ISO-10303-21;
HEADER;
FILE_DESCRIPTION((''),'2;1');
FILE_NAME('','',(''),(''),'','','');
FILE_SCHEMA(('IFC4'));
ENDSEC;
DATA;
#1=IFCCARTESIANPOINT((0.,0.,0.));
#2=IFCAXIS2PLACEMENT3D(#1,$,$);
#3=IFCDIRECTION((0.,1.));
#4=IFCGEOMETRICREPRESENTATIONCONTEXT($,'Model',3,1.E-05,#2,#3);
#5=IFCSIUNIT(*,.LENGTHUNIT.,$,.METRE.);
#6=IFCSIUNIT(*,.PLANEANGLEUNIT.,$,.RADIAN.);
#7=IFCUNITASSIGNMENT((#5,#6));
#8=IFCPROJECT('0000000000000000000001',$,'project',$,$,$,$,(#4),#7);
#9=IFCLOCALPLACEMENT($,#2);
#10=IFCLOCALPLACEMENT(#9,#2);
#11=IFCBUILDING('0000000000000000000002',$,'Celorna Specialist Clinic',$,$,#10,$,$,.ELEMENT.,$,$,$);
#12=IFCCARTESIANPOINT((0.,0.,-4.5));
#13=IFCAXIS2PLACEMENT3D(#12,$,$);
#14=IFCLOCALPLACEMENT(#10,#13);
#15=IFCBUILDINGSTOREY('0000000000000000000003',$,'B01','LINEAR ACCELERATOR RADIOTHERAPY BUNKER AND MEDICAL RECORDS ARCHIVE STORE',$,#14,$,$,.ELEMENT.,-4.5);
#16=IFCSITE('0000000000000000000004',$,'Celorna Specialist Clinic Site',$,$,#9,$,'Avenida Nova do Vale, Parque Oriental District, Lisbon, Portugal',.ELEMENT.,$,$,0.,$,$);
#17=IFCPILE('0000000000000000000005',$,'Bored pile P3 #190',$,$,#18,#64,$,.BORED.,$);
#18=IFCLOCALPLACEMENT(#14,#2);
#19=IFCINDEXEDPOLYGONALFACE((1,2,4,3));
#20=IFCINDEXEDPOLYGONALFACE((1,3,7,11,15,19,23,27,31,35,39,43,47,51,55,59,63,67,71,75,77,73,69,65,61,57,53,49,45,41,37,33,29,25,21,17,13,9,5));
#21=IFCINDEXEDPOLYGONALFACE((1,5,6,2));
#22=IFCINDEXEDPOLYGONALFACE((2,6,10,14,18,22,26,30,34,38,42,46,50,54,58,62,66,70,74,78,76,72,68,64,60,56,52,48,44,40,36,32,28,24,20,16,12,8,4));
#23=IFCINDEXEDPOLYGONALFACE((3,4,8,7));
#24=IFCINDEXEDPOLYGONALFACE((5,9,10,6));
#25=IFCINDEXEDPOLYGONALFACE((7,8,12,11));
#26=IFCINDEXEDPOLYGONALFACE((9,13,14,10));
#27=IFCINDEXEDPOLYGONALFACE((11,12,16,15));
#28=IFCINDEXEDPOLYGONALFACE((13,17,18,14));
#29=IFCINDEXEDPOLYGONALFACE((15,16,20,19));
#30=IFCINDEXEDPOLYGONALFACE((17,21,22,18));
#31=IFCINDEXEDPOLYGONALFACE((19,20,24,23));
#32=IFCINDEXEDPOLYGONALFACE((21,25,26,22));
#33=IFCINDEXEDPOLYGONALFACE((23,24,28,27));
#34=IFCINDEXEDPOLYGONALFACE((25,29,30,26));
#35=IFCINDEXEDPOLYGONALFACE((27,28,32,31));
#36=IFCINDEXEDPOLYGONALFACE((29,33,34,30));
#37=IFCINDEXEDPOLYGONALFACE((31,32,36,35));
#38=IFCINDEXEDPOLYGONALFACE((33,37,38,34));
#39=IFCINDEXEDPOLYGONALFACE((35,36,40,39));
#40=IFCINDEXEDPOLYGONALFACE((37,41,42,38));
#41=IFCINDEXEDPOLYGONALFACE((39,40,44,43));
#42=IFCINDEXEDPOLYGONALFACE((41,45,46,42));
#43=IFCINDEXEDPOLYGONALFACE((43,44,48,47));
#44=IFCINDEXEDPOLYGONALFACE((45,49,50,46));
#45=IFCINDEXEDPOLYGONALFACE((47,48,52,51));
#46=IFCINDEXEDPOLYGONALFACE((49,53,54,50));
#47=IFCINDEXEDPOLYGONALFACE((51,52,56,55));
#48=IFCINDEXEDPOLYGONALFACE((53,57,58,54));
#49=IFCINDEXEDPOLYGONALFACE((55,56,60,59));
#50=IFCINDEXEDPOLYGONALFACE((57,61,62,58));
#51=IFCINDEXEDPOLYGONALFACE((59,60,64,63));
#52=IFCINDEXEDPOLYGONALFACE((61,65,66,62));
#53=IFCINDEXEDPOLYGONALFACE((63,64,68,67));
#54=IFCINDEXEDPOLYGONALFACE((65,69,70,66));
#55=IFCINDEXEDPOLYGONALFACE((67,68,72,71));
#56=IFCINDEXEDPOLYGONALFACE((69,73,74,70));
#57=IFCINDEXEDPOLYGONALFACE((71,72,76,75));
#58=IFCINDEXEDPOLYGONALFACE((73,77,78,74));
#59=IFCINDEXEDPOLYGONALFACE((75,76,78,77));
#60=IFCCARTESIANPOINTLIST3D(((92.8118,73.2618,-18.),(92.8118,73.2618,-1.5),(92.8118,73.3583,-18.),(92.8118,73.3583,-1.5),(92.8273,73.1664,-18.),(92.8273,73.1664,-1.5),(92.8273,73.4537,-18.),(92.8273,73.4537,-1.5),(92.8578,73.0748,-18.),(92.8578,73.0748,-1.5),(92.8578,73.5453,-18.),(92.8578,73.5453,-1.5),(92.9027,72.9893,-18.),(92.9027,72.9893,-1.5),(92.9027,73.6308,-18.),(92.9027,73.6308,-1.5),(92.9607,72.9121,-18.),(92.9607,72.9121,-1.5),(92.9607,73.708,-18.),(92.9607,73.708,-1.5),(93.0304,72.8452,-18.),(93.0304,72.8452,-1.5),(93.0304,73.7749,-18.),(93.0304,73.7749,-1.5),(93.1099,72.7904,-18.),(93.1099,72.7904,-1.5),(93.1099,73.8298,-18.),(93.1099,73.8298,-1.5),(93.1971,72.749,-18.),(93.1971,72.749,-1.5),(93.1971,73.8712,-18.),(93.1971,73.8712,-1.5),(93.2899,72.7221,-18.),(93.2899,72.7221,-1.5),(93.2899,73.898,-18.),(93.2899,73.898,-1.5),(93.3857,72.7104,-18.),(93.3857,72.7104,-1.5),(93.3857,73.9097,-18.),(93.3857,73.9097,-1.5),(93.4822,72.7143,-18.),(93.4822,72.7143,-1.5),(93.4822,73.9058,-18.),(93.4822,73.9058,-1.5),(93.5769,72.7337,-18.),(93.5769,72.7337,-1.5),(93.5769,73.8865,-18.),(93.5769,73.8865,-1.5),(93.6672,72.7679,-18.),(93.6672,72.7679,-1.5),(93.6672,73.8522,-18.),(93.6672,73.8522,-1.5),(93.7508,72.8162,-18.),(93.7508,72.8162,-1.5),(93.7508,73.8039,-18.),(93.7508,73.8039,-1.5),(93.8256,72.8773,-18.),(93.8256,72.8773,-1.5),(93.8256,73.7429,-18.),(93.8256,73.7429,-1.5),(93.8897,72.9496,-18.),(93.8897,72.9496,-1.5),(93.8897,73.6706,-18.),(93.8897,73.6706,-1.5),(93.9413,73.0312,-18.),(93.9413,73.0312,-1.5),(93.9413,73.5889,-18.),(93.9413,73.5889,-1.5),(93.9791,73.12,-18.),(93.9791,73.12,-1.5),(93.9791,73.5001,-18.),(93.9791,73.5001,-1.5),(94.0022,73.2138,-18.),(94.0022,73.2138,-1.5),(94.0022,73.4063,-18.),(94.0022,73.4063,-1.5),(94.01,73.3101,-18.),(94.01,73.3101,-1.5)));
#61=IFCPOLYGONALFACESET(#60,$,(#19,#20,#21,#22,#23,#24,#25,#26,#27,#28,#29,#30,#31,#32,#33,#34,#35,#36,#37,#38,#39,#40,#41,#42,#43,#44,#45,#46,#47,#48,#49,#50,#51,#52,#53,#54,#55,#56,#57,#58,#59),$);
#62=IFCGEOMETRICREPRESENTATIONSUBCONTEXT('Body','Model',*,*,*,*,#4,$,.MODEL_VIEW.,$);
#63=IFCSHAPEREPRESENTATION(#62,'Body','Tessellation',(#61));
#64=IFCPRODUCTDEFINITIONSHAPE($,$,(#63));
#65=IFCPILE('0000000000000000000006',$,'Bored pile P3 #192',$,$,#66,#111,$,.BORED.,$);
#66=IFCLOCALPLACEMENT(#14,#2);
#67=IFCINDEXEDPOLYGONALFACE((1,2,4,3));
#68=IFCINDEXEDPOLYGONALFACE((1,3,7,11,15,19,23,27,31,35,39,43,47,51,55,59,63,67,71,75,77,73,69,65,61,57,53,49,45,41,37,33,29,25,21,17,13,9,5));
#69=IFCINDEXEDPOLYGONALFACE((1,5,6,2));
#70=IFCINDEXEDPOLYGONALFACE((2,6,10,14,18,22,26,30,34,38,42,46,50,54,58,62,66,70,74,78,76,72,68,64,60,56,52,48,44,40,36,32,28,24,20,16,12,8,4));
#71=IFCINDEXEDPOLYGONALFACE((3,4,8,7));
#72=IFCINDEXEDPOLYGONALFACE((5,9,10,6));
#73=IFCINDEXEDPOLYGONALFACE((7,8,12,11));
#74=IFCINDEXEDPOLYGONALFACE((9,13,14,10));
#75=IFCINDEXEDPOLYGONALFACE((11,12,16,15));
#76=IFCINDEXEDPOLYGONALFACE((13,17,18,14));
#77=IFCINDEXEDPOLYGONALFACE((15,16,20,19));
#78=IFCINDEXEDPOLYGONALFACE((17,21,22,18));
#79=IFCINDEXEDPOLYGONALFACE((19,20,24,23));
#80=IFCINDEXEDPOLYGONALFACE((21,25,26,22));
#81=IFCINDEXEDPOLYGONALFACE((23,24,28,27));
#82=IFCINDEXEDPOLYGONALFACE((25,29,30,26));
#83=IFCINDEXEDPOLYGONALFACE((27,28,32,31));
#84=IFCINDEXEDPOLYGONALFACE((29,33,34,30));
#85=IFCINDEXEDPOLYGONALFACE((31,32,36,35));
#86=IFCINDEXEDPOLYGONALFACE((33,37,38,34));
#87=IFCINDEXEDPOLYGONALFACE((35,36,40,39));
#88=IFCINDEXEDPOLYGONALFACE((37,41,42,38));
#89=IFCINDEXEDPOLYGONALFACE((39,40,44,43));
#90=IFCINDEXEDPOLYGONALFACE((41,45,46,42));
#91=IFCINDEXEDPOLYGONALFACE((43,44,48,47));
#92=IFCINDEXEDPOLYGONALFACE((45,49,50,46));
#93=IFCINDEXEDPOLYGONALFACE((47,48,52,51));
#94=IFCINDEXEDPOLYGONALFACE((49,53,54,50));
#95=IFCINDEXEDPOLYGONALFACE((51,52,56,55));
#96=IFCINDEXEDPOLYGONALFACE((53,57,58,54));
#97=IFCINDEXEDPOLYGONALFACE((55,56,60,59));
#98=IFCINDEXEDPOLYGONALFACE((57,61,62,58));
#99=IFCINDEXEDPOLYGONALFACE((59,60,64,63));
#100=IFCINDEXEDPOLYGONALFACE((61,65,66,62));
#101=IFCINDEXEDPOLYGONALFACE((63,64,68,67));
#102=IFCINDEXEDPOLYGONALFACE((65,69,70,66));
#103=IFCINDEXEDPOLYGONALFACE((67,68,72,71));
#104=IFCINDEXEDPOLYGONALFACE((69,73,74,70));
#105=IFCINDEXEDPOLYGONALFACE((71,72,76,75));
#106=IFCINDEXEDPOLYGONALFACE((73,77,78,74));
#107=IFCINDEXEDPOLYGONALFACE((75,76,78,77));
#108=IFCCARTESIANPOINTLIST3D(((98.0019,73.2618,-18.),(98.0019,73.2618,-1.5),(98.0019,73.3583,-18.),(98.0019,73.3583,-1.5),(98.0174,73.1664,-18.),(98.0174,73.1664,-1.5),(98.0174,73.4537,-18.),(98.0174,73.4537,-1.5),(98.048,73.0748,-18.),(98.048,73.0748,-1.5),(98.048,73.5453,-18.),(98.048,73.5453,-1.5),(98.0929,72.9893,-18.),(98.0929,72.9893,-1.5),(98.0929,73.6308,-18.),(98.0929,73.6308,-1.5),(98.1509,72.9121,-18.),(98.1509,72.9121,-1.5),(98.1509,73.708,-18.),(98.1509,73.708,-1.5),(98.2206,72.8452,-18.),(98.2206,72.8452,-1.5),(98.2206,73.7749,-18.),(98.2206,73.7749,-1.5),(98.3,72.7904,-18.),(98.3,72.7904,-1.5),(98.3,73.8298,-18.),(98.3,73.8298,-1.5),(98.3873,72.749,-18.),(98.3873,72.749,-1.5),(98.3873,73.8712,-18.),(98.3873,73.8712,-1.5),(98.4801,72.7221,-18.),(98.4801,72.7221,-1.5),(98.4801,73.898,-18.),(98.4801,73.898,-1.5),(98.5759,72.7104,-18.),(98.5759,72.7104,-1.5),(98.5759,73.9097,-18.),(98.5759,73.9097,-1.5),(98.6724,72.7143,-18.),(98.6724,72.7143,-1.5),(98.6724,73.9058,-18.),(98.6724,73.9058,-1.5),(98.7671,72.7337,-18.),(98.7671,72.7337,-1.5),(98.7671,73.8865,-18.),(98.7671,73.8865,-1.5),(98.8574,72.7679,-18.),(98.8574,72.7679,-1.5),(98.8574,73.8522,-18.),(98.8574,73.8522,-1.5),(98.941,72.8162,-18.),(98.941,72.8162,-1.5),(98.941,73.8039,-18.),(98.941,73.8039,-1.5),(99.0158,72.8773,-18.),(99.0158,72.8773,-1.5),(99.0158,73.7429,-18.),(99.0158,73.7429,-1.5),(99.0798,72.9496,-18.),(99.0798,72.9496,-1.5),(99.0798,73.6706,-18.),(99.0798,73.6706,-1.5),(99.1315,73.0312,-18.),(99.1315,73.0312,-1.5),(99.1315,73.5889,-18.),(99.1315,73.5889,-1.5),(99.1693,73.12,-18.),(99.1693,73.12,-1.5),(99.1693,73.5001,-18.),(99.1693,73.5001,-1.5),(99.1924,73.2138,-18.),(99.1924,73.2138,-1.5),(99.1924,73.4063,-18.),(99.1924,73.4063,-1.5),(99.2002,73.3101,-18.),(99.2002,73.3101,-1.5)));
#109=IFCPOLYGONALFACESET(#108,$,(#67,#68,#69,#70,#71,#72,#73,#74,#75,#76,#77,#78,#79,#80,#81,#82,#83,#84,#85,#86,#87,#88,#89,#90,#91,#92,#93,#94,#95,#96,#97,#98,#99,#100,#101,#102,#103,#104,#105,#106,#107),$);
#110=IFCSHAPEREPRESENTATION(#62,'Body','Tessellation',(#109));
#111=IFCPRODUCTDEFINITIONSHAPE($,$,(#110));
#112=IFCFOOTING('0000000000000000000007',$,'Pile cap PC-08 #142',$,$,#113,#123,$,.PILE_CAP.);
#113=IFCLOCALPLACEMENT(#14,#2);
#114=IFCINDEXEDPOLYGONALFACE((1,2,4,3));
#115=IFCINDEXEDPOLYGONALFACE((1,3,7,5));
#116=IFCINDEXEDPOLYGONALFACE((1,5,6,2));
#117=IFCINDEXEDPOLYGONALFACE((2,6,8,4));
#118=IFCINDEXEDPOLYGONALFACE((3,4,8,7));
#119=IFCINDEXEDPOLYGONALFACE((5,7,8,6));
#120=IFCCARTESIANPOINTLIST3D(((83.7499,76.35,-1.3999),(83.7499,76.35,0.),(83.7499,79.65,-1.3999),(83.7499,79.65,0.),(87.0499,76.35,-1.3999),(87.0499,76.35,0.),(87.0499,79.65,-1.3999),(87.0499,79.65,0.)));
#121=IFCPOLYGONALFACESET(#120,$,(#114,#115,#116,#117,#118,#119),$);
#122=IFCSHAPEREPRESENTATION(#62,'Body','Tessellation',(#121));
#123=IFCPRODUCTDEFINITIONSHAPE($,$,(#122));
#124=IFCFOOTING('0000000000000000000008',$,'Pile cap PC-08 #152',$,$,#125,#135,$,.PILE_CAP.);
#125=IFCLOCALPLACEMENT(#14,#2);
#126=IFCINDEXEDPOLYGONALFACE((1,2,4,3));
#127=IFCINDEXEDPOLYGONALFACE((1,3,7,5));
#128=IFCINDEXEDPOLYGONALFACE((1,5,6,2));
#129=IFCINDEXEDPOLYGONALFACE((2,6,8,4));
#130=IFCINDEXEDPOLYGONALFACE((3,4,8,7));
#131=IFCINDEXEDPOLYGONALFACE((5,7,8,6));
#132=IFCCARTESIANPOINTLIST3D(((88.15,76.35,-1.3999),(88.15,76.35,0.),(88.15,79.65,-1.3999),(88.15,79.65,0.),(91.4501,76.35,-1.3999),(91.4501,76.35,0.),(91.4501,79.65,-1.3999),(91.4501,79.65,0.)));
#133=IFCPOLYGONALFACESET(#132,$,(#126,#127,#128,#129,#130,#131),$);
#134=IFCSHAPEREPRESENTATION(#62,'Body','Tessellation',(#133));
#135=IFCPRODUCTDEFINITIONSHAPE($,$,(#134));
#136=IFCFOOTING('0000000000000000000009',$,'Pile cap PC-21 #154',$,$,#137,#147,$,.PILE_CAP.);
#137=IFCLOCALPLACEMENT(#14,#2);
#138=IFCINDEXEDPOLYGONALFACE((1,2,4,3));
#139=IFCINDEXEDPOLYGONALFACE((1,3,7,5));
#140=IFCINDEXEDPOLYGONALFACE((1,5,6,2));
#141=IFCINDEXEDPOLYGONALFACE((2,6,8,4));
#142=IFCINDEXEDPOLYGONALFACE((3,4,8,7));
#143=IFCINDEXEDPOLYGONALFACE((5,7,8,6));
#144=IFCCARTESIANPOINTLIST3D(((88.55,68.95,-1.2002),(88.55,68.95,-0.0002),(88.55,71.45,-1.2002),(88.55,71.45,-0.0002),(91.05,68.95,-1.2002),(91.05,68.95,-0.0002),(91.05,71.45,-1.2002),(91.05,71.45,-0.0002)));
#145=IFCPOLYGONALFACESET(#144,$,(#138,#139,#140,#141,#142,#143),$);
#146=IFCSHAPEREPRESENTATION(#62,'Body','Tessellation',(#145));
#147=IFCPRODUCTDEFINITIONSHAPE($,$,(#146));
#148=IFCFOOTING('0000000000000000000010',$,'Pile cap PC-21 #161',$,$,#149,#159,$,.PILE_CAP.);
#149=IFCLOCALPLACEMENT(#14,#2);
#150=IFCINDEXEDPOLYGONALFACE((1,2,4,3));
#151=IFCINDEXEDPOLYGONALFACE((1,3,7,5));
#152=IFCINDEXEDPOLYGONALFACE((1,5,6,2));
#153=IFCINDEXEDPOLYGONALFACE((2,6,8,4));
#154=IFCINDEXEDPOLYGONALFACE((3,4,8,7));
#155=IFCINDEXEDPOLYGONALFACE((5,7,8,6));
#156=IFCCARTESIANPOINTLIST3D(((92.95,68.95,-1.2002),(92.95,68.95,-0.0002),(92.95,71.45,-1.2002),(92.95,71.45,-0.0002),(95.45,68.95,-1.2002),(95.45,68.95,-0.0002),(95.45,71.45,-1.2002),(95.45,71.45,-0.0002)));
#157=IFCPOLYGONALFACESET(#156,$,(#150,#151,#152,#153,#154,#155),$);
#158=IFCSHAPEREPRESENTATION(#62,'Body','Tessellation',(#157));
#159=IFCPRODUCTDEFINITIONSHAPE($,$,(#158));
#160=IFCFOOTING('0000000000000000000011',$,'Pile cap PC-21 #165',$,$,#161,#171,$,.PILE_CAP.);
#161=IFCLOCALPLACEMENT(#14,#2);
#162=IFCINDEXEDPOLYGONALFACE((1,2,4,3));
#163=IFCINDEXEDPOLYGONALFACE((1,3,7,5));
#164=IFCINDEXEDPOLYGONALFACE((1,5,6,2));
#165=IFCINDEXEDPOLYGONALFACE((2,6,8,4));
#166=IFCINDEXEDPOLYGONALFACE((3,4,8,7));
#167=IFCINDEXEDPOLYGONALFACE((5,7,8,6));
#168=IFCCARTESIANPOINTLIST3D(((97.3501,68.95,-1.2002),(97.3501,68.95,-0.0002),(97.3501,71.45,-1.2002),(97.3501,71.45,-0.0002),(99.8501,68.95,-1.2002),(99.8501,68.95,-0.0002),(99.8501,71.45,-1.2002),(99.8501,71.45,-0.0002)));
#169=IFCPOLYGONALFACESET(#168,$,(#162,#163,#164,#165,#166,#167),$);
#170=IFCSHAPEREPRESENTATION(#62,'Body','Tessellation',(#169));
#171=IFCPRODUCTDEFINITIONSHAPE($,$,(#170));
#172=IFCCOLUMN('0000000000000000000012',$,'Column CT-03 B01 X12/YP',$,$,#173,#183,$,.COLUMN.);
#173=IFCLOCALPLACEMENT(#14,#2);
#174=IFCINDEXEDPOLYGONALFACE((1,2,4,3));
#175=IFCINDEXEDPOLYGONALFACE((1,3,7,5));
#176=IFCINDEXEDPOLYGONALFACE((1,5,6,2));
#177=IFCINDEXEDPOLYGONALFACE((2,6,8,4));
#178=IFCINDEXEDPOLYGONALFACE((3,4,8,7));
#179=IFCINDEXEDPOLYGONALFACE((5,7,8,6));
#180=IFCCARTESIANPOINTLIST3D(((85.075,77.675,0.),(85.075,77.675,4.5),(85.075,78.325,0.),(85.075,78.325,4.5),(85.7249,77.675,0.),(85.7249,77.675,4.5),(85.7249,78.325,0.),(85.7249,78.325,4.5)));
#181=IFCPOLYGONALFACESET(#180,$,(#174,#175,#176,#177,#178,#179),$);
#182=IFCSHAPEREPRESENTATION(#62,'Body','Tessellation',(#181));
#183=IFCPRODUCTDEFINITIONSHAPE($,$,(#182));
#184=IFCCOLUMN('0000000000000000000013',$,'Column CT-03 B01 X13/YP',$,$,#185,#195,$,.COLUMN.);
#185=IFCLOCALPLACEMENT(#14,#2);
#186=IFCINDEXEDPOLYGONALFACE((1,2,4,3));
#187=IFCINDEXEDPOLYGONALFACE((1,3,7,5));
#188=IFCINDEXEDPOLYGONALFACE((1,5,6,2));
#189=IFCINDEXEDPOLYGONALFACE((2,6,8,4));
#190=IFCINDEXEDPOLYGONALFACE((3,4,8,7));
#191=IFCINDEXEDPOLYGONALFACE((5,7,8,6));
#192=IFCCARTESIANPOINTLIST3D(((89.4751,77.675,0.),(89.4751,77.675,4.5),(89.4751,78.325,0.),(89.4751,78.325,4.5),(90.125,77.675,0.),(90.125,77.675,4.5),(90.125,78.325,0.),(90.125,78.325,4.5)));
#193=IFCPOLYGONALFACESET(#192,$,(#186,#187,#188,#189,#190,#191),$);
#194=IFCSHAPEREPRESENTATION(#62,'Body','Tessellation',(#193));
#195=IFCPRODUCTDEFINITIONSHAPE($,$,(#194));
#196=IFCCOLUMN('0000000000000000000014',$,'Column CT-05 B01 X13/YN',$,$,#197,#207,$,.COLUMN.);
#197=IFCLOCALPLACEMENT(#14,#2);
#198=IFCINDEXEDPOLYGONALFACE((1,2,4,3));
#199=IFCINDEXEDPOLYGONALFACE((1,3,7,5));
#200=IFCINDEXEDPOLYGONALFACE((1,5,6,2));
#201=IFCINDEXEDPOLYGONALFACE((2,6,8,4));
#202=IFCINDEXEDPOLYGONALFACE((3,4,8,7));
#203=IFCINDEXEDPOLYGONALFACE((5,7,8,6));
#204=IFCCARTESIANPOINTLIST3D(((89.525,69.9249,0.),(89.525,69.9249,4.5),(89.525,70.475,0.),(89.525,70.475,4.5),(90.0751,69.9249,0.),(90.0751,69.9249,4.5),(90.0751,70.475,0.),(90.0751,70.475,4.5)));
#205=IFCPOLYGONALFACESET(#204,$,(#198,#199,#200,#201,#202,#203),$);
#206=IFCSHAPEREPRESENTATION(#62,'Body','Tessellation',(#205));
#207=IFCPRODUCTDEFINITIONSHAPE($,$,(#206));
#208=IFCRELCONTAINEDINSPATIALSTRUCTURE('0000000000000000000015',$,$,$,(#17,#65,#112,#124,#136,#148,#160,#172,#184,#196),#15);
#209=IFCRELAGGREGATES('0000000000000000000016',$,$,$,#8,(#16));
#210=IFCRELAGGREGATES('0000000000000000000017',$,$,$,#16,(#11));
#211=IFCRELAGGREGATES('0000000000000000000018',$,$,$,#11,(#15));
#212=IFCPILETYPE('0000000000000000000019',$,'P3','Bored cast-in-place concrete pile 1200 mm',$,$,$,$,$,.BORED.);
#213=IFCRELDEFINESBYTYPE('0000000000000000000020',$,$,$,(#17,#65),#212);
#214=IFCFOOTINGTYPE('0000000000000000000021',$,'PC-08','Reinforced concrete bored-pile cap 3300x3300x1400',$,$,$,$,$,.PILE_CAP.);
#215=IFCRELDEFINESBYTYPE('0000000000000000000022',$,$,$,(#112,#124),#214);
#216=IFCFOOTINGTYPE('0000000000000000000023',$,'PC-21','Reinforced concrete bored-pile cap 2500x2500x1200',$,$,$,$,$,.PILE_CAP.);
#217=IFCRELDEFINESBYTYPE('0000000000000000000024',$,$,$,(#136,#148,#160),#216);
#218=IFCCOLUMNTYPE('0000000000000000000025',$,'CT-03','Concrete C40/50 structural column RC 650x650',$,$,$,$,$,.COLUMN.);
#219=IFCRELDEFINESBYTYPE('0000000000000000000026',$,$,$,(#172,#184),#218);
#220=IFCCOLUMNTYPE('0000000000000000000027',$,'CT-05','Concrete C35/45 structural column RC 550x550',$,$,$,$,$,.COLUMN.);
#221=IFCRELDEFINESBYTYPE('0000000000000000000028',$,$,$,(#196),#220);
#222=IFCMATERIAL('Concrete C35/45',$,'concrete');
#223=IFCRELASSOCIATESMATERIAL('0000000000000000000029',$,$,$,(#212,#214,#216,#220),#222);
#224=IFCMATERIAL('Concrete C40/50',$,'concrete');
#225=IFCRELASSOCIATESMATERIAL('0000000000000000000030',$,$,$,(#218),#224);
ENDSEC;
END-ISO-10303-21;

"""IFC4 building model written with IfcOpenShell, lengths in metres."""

from ifc_helpers import new_model, si_unit, direction, frame, origin, origin_2d, place, context, subcontext, project, spatial, rectangle, circle, extrude, material, material_profile, profile_set, type_object, element, save


model = new_model("IFC4")

# Units and contexts
model_context = context("Model", 3, precision=1e-05, world=origin(), true_north=direction((0.0, 1.0)))
body_context = subcontext(model_context, "Body", "Model", "MODEL_VIEW")
ifc_project = project(units=[si_unit("LENGTHUNIT", "METRE"), si_unit("PLANEANGLEUNIT", "RADIAN")], contexts=[model_context])

# Site, building, storey
site_placement = place(None, origin())
site = spatial("IfcSite", under=ifc_project, at=site_placement, Name="Celorna Specialist Clinic Site", LongName="Avenida Nova do Vale, Parque Oriental District, Lisbon, Portugal", CompositionType="ELEMENT", RefElevation=0.0)
building_placement = place(site_placement, origin())
building = spatial("IfcBuilding", under=site, at=building_placement, Name="Celorna Specialist Clinic", CompositionType="ELEMENT")
storey_placement = place(building_placement, frame((0.0, 0.0, -4.5)))
storey = spatial("IfcBuildingStorey", under=building, at=storey_placement, Name="B01", Description="LINEAR ACCELERATOR RADIOTHERAPY BUNKER AND MEDICAL RECORDS ARCHIVE STORE", CompositionType="ELEMENT", Elevation=-4.5)

# Shared definitions
ifc_material_1 = material(Name="Concrete C35/45", Category="concrete")

# Piles
ifc_material_profile_1 = material_profile(ifc_material_1, circle(Radius=0.6001, at=origin_2d()), Name="BORED PILE 1200")
ifc_profile_set_1 = profile_set([ifc_material_profile_1], Name="Concrete C35/45")
pile_type_1 = type_object("IfcPileType", Name="P3", Description="Bored cast-in-place concrete pile 1200 mm", PredefinedType="BORED", material=ifc_profile_set_1)
for number, where, z_axis, x_axis, name in (
    (1, (93.4099, 73.3101, -1.5), (0.0, 0.0, -1.0), (1.0, 0.0, 0.0), "Bored pile P3 #190"),
    (2, (98.6001, 73.3101, -1.5), (0.0, 0.0, -1.0), (1.0, 0.0, 0.0), "Bored pile P3 #192"),
):
    element("IfcPile", number, at=place(storey_placement, frame(where, z_axis=z_axis, x_axis=x_axis)), inside=storey, type_object=pile_type_1, Name=name, PredefinedType="BORED", context=body_context, shape_type="SweptSolid", body=[
        extrude(circle(Radius=0.6001, at=origin_2d()), origin(), (0.0, 0.0, 1.0), 16.5),
    ])

# Footings
footing_type_1 = type_object("IfcFootingType", Name="PC-08", Description="Reinforced concrete bored-pile cap 3300x3300x1400", PredefinedType="PILE_CAP", material=ifc_material_1)
for number, where, z_axis, x_axis, name in (
    (3, (85.3999, 78.0, -1.3999), (0.0, 0.0, 1.0), (1.0, 0.0, 0.0), "Pile cap PC-08 #142"),
    (4, (89.8, 78.0, -1.3999), (0.0, 0.0, 1.0), (1.0, 0.0, 0.0), "Pile cap PC-08 #152"),
):
    element("IfcFooting", number, at=place(storey_placement, frame(where, z_axis=z_axis, x_axis=x_axis)), inside=storey, type_object=footing_type_1, Name=name, PredefinedType="PILE_CAP", context=body_context, shape_type="SweptSolid", body=[
        extrude(rectangle(XDim=3.3, YDim=3.3, at=origin_2d()), origin(), (0.0, 0.0, 1.0), 1.3999),
    ])
footing_type_2 = type_object("IfcFootingType", Name="PC-21", Description="Reinforced concrete bored-pile cap 2500x2500x1200", PredefinedType="PILE_CAP", material=ifc_material_1)
for number, where, z_axis, x_axis, name in (
    (5, (89.8, 70.2, -1.2002), (0.0, 0.0, 1.0), (1.0, 0.0, 0.0), "Pile cap PC-21 #154"),
    (6, (94.2, 70.2, -1.2002), (0.0, 0.0, 1.0), (1.0, 0.0, 0.0), "Pile cap PC-21 #161"),
    (7, (98.6001, 70.2, -1.2002), (0.0, 0.0, 1.0), (1.0, 0.0, 0.0), "Pile cap PC-21 #165"),
):
    element("IfcFooting", number, at=place(storey_placement, frame(where, z_axis=z_axis, x_axis=x_axis)), inside=storey, type_object=footing_type_2, Name=name, PredefinedType="PILE_CAP", context=body_context, shape_type="SweptSolid", body=[
        extrude(rectangle(XDim=2.5, YDim=2.5, at=origin_2d()), origin(), (0.0, 0.0, 1.0), 1.2),
    ])

# Columns
ifc_material_2 = material(Name="Concrete C40/50", Category="concrete")
ifc_material_profile_2 = material_profile(ifc_material_2, rectangle(XDim=0.6499, YDim=0.6499, at=origin_2d()), Name="RC 650x650")
ifc_profile_set_2 = profile_set([ifc_material_profile_2], Name="Concrete C40/50")
column_type_1 = type_object("IfcColumnType", Name="CT-03", Description="Concrete C40/50 structural column RC 650x650", PredefinedType="COLUMN", material=ifc_profile_set_2)
for number, where, z_axis, x_axis, name in (
    (8, (85.3999, 78.0, 0.0), (0.0, 0.0, 1.0), (1.0, 0.0, 0.0), "Column CT-03 B01 X12/YP"),
    (9, (89.8, 78.0, 0.0), (0.0, 0.0, 1.0), (1.0, 0.0, 0.0), "Column CT-03 B01 X13/YP"),
):
    element("IfcColumn", number, at=place(storey_placement, frame(where, z_axis=z_axis, x_axis=x_axis)), inside=storey, type_object=column_type_1, Name=name, PredefinedType="COLUMN", context=body_context, shape_type="SweptSolid", body=[
        extrude(rectangle(XDim=0.6499, YDim=0.6499, at=origin_2d()), origin(), (0.0, 0.0, 1.0), 4.5),
    ])
ifc_material_profile_3 = material_profile(ifc_material_1, rectangle(XDim=0.55, YDim=0.55, at=origin_2d()), Name="RC 550x550")
ifc_profile_set_3 = profile_set([ifc_material_profile_3], Name="Concrete C35/45")
column_type_2 = type_object("IfcColumnType", Name="CT-05", Description="Concrete C35/45 structural column RC 550x550", PredefinedType="COLUMN", material=ifc_profile_set_3)
for number, where, z_axis, x_axis, name in (
    (10, (89.8, 70.2, 0.0), (0.0, 0.0, 1.0), (1.0, 0.0, 0.0), "Column CT-05 B01 X13/YN"),
):
    element("IfcColumn", number, at=place(storey_placement, frame(where, z_axis=z_axis, x_axis=x_axis)), inside=storey, type_object=column_type_2, Name=name, PredefinedType="COLUMN", context=body_context, shape_type="SweptSolid", body=[
        extrude(rectangle(XDim=0.55, YDim=0.55, at=origin_2d()), origin(), (0.0, 0.0, 1.0), 4.5),
    ])

save(model, "model.ifc")
